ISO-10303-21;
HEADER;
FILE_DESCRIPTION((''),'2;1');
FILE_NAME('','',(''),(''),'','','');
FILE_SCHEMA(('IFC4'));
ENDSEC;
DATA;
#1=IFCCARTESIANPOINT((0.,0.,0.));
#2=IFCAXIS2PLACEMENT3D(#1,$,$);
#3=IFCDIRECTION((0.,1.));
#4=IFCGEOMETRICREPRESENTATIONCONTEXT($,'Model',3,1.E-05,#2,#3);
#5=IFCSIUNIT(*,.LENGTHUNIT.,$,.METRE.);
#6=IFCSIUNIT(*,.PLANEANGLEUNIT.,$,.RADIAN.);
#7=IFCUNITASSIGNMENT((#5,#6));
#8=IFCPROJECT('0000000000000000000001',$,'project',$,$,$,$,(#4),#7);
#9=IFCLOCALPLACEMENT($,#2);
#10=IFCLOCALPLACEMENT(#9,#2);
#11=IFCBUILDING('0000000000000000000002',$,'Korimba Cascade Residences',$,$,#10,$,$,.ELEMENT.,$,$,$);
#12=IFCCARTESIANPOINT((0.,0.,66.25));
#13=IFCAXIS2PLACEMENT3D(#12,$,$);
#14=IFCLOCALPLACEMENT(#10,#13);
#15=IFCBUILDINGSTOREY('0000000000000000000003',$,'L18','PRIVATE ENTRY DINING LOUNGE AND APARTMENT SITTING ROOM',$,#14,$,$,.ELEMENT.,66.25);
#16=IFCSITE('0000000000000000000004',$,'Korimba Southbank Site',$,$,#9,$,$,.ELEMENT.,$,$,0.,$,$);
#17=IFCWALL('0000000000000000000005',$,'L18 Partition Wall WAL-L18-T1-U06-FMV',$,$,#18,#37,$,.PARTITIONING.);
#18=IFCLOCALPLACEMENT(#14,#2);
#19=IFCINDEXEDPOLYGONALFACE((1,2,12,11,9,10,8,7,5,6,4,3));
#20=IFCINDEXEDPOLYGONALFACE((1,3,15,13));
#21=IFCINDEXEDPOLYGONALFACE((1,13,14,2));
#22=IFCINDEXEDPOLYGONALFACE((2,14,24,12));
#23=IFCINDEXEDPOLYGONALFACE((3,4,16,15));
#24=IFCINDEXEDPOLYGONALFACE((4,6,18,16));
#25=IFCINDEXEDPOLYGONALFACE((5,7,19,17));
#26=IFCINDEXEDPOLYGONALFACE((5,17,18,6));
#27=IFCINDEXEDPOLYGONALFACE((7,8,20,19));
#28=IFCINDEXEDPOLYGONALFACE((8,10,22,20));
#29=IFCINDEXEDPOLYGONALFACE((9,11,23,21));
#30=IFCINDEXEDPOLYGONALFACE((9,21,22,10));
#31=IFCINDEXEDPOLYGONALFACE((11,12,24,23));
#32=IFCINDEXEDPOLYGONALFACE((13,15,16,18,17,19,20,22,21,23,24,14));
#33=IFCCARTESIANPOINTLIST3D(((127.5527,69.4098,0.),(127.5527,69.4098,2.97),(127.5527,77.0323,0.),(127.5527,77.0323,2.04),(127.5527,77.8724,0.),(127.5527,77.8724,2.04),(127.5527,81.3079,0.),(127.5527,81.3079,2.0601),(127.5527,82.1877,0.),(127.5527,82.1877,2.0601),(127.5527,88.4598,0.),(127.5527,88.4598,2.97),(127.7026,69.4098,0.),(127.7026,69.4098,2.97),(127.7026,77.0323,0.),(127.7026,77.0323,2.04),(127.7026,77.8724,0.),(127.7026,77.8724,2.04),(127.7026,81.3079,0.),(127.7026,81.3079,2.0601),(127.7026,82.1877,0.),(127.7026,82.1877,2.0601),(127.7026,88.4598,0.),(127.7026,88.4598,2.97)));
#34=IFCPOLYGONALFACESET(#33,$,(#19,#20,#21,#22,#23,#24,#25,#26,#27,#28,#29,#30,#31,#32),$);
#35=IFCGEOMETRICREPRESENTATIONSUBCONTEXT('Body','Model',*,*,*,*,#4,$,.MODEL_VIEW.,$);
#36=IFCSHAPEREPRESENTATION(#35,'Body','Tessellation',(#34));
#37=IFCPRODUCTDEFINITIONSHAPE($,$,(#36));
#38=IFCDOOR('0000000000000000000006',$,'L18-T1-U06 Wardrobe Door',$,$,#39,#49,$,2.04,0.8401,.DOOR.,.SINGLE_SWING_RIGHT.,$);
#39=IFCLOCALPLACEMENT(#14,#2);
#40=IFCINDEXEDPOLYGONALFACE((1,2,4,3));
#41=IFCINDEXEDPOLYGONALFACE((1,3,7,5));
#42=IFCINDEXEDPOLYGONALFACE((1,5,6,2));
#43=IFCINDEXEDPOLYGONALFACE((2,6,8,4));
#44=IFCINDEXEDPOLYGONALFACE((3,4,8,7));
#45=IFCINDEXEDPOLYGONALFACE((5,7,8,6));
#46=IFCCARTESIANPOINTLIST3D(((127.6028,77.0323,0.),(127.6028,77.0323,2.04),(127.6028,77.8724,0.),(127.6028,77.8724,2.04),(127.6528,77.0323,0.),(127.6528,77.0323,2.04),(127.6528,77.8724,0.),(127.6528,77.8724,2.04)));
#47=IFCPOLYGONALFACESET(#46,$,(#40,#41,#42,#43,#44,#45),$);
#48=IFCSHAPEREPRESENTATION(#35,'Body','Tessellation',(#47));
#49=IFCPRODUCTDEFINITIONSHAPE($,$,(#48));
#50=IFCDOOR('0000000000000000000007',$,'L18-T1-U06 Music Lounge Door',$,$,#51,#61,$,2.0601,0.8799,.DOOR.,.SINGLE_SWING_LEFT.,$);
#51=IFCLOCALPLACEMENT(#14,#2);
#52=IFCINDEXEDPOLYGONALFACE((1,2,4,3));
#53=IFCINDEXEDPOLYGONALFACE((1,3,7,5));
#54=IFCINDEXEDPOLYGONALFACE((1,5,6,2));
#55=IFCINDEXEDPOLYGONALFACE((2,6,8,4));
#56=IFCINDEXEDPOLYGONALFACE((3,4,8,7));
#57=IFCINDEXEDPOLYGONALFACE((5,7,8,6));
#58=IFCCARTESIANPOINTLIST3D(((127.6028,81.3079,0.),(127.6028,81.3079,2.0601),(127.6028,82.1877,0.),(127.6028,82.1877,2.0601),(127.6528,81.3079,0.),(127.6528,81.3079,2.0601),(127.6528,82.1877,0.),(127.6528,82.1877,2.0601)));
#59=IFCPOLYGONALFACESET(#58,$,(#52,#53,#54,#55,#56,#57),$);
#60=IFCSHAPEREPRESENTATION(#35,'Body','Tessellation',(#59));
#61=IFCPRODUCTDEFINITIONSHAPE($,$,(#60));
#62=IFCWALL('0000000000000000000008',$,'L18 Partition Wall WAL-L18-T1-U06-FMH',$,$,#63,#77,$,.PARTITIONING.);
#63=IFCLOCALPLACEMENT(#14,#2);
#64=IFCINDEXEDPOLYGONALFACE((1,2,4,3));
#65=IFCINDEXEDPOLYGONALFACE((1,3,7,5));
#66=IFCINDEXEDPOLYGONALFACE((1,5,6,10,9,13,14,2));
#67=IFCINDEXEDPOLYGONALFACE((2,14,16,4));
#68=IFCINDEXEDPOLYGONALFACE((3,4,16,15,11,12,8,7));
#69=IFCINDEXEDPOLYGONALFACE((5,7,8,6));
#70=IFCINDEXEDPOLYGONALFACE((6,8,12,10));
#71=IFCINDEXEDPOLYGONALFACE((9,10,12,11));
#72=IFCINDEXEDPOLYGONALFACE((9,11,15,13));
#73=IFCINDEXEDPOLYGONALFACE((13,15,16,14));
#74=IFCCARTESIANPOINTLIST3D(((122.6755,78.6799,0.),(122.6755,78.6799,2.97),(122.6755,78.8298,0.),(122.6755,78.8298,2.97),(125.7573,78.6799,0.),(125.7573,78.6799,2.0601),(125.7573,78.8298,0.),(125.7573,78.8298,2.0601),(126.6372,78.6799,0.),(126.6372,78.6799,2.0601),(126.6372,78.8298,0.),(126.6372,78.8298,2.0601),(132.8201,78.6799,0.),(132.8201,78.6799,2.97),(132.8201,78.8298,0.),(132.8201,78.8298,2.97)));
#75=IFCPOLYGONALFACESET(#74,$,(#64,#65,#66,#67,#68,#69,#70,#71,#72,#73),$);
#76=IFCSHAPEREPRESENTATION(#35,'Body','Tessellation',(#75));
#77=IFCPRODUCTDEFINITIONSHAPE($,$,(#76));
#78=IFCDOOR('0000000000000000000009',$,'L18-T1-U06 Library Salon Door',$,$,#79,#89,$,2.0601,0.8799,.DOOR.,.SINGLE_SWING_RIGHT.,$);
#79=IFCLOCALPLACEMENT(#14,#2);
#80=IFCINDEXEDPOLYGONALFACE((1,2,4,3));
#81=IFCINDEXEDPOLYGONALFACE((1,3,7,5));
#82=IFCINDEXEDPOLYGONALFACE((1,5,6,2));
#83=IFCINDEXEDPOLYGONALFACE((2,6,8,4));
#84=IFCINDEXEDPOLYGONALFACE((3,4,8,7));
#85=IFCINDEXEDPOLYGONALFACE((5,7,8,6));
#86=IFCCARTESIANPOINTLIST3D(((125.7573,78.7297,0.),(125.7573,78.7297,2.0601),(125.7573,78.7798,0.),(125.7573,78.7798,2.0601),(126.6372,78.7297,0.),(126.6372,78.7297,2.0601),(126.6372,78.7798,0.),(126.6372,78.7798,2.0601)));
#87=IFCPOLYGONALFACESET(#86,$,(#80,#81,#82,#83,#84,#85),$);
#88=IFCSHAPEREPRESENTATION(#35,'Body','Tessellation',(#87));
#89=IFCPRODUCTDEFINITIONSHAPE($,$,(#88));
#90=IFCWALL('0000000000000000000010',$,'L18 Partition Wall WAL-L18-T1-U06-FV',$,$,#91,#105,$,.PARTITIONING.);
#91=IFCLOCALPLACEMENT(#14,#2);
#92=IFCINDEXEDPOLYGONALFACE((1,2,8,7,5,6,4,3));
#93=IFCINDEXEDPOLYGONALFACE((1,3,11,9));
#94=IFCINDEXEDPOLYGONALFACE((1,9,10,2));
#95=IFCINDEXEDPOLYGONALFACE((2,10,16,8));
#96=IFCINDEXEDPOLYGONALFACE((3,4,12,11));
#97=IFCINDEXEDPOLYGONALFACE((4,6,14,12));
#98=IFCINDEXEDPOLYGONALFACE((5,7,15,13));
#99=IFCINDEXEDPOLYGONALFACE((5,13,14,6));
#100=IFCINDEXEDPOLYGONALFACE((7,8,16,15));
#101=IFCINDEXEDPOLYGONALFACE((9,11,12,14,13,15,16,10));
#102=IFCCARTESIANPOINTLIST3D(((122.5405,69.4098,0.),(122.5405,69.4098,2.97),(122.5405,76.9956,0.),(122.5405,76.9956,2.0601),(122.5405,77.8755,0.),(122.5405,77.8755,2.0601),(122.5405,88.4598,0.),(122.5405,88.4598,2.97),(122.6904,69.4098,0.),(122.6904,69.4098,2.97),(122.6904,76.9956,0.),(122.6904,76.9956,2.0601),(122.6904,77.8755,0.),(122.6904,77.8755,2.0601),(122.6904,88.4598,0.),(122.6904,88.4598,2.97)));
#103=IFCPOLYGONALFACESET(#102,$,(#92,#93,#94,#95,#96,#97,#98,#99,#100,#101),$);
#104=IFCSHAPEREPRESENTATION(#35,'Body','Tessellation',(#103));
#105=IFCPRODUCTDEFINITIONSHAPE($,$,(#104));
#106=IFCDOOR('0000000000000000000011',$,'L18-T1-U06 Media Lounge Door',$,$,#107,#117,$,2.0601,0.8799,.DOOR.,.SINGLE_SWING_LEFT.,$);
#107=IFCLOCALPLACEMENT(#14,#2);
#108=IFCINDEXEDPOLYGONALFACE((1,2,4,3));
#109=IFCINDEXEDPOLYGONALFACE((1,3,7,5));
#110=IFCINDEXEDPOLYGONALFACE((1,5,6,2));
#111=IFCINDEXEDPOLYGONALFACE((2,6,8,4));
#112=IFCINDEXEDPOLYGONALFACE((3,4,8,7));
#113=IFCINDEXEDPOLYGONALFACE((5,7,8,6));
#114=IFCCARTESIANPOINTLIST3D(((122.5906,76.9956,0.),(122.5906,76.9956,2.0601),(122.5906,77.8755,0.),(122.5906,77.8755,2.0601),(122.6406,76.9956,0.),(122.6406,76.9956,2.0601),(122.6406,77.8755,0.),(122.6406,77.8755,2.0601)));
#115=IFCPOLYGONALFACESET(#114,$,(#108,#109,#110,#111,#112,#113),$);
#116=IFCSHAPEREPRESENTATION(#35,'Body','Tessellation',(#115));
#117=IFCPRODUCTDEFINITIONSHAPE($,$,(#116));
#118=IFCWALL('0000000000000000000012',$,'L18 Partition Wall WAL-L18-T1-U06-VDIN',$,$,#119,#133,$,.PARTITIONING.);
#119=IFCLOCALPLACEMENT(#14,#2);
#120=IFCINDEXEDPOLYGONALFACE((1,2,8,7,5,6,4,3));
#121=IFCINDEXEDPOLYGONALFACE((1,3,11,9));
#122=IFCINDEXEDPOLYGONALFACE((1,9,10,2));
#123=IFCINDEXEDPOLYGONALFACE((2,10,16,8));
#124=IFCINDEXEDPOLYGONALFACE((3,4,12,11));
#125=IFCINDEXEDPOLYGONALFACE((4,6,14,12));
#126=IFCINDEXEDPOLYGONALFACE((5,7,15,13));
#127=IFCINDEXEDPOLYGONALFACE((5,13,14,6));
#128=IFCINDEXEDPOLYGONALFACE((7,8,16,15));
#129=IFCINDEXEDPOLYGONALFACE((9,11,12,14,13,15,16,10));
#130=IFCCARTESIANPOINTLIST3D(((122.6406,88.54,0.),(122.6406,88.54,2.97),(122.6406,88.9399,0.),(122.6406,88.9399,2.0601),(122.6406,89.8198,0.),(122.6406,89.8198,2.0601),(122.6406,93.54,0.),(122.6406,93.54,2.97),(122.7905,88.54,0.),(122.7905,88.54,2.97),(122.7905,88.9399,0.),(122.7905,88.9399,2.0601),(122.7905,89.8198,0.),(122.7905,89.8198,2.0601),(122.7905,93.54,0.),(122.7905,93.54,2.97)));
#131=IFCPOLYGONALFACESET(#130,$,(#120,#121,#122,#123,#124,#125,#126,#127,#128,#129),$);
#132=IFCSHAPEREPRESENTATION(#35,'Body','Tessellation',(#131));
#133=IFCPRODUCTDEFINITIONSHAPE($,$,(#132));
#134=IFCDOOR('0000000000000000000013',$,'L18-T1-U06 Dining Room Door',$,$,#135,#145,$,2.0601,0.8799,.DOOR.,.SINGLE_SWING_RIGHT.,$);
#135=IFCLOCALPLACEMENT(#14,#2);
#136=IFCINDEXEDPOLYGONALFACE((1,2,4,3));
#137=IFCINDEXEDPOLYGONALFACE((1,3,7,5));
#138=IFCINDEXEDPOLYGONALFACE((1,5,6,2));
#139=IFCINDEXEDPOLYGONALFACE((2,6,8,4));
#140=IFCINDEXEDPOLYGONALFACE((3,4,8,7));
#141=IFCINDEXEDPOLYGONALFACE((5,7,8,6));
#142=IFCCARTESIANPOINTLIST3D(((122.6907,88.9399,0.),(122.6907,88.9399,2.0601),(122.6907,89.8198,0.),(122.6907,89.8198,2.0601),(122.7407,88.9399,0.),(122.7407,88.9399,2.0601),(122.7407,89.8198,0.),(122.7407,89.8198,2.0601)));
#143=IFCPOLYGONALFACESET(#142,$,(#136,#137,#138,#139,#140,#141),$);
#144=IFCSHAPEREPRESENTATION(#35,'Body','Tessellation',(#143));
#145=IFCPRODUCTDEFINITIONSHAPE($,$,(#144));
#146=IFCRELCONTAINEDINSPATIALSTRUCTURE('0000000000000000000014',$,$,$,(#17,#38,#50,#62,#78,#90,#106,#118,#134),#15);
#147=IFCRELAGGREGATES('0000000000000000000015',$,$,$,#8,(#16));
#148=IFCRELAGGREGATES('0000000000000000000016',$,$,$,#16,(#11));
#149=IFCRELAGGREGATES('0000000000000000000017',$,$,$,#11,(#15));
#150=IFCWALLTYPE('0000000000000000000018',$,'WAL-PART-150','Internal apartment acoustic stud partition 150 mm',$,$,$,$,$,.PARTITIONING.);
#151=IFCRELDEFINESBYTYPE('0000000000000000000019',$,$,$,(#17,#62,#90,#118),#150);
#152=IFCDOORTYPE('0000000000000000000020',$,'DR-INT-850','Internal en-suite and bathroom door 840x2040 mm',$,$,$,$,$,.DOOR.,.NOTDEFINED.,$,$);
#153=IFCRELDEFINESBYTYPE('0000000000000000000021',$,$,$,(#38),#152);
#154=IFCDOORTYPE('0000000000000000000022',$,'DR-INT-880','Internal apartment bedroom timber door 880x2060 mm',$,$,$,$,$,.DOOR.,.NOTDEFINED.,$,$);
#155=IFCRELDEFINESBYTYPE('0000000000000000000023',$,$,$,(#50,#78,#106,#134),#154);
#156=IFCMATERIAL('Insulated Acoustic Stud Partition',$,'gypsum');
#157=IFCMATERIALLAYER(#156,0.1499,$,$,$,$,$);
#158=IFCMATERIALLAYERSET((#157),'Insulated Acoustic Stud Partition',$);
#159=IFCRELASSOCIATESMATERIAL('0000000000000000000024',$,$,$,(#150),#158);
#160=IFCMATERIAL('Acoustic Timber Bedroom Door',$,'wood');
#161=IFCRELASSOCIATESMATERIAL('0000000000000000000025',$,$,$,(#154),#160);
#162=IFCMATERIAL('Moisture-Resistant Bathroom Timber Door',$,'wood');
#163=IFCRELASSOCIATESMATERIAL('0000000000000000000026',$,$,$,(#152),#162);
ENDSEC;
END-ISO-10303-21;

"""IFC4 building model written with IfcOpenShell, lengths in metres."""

from ifc_helpers import new_model, si_unit, direction, frame, frame_2d, origin, place, context, subcontext, project, spatial, rectangle, extrude, material, layer, layer_set, type_object, element, fill, save


model = new_model("IFC4")

# Units and contexts
model_context = context("Model", 3, precision=1e-05, world=origin(), true_north=direction((0.0, 1.0)))
body_context = subcontext(model_context, "Body", "Model", "MODEL_VIEW")
ifc_project = project(units=[si_unit("LENGTHUNIT", "METRE"), si_unit("PLANEANGLEUNIT", "RADIAN")], contexts=[model_context])

# Site, building, storey
site_placement = place(None, origin())
site = spatial("IfcSite", under=ifc_project, at=site_placement, Name="Korimba Southbank Site", CompositionType="ELEMENT", RefElevation=0.0)
building_placement = place(site_placement, origin())
building = spatial("IfcBuilding", under=site, at=building_placement, Name="Korimba Cascade Residences", CompositionType="ELEMENT")
storey_placement = place(building_placement, frame((0.0, 0.0, 66.25)))
storey = spatial("IfcBuildingStorey", under=building, at=storey_placement, Name="L18", Description="PRIVATE ENTRY DINING LOUNGE AND APARTMENT SITTING ROOM", CompositionType="ELEMENT", Elevation=66.25)

# Shared definitions
ifc_material_1 = material(Name="Insulated Acoustic Stud Partition", Category="gypsum")
ifc_layer_1 = layer(ifc_material_1, 0.1499)
ifc_layer_set_1 = layer_set([ifc_layer_1], Name="Insulated Acoustic Stud Partition")
wall_type_1 = type_object("IfcWallType", Name="WAL-PART-150", Description="Internal apartment acoustic stud partition 150 mm", PredefinedType="PARTITIONING", material=ifc_layer_set_1)
ifc_material_2 = material(Name="Acoustic Timber Bedroom Door", Category="wood")
door_type_1 = type_object("IfcDoorType", Name="DR-INT-880", Description="Internal apartment bedroom timber door 880x2060 mm", OperationType="NOTDEFINED", PredefinedType="DOOR", material=ifc_material_2)

# Wall, openings, doors
wall_1_placement = place(storey_placement, frame((127.6277, 69.4099, 0.0), z_axis=(0.0, 0.0, 1.0), x_axis=(0.0, 1.0, 0.0)))
wall_1 = element("IfcWall", 1, at=wall_1_placement, inside=storey, type_object=wall_type_1, Name="L18 Partition Wall WAL-L18-T1-U06-FMV", PredefinedType="PARTITIONING", context=body_context, shape_type="SweptSolid", body=[
    extrude(rectangle(XDim=19.05, YDim=0.1499, at=frame_2d((9.5249, 0.0))), origin(), (0.0, 0.0, 1.0), 2.97),
])
opening_1_placement = place(wall_1_placement, frame((7.6226, 0.0, 0.0)))
opening_1 = element("IfcOpeningElement", 2, at=opening_1_placement, cuts=wall_1, PredefinedType="OPENING", context=body_context, shape_type="SweptSolid", body=[
    extrude(rectangle(XDim=0.8401, YDim=2.04, at=frame_2d((0.4199, 1.02))), frame((0.0, 0.085, 0.0), z_axis=(0.0, -1.0, 0.0), x_axis=(1.0, 0.0, 0.0)), (0.0, 0.0, 1.0), 0.1699),
])
opening_2_placement = place(wall_1_placement, frame((11.8979, 0.0, 0.0)))
opening_2 = element("IfcOpeningElement", 3, at=opening_2_placement, cuts=wall_1, PredefinedType="OPENING", context=body_context, shape_type="SweptSolid", body=[
    extrude(rectangle(XDim=0.8799, YDim=2.0601, at=frame_2d((0.4399, 1.03))), frame((0.0, 0.085, 0.0), z_axis=(0.0, -1.0, 0.0), x_axis=(1.0, 0.0, 0.0)), (0.0, 0.0, 1.0), 0.1699),
])
ifc_material_3 = material(Name="Moisture-Resistant Bathroom Timber Door", Category="wood")
door_type_2 = type_object("IfcDoorType", Name="DR-INT-850", Description="Internal en-suite and bathroom door 840x2040 mm", OperationType="NOTDEFINED", PredefinedType="DOOR", material=ifc_material_3)
door_1_placement = place(opening_1_placement, origin())
door_1 = element("IfcDoor", 4, at=door_1_placement, inside=storey, type_object=door_type_2, Name="L18-T1-U06 Wardrobe Door", OperationType="SINGLE_SWING_RIGHT", OverallHeight=2.04, OverallWidth=0.8401, PredefinedType="DOOR", context=body_context, shape_type="SweptSolid", body=[
    extrude(rectangle(XDim=0.8401, YDim=2.04, at=frame_2d((0.4199, 1.02))), frame((0.0, 0.0249, 0.0), z_axis=(0.0, -1.0, 0.0), x_axis=(1.0, 0.0, 0.0)), (0.0, 0.0, 1.0), 0.05),
])
fill(opening_1, door_1)
door_2_placement = place(opening_2_placement, origin())
door_2 = element("IfcDoor", 5, at=door_2_placement, inside=storey, type_object=door_type_1, Name="L18-T1-U06 Music Lounge Door", OperationType="SINGLE_SWING_LEFT", OverallHeight=2.0601, OverallWidth=0.8799, PredefinedType="DOOR", context=body_context, shape_type="SweptSolid", body=[
    extrude(rectangle(XDim=0.8799, YDim=2.0601, at=frame_2d((0.4399, 1.03))), frame((0.0, 0.0249, 0.0), z_axis=(0.0, -1.0, 0.0), x_axis=(1.0, 0.0, 0.0)), (0.0, 0.0, 1.0), 0.05),
])
fill(opening_2, door_2)

# Walls, openings, doors
wall_2_placement = place(storey_placement, frame((122.6755, 78.7549, 0.0), z_axis=(0.0, 0.0, 1.0), x_axis=(1.0, 0.0, 0.0)))
wall_2 = element("IfcWall", 6, at=wall_2_placement, inside=storey, type_object=wall_type_1, Name="L18 Partition Wall WAL-L18-T1-U06-FMH", PredefinedType="PARTITIONING", context=body_context, shape_type="SweptSolid", body=[
    extrude(rectangle(XDim=10.1445, YDim=0.1499, at=frame_2d((5.0723, 0.0))), origin(), (0.0, 0.0, 1.0), 2.97),
])
opening_3_placement = place(wall_2_placement, frame((3.0818, 0.0, 0.0)))
opening_3 = element("IfcOpeningElement", 7, at=opening_3_placement, cuts=wall_2, PredefinedType="OPENING", context=body_context, shape_type="SweptSolid", body=[
    extrude(rectangle(XDim=0.8799, YDim=2.0601, at=frame_2d((0.4399, 1.03))), frame((0.0, 0.085, 0.0), z_axis=(0.0, -1.0, 0.0), x_axis=(1.0, 0.0, 0.0)), (0.0, 0.0, 1.0), 0.1699),
])
door_3_placement = place(opening_3_placement, origin())
door_3 = element("IfcDoor", 8, at=door_3_placement, inside=storey, type_object=door_type_1, Name="L18-T1-U06 Library Salon Door", OperationType="SINGLE_SWING_RIGHT", OverallHeight=2.0601, OverallWidth=0.8799, PredefinedType="DOOR", context=body_context, shape_type="SweptSolid", body=[
    extrude(rectangle(XDim=0.8799, YDim=2.0601, at=frame_2d((0.4399, 1.03))), frame((0.0, 0.0249, 0.0), z_axis=(0.0, -1.0, 0.0), x_axis=(1.0, 0.0, 0.0)), (0.0, 0.0, 1.0), 0.05),
])
fill(opening_3, door_3)
wall_3_placement = place(storey_placement, frame((122.6155, 69.4099, 0.0), z_axis=(0.0, 0.0, 1.0), x_axis=(0.0, 1.0, 0.0)))
wall_3 = element("IfcWall", 9, at=wall_3_placement, inside=storey, type_object=wall_type_1, Name="L18 Partition Wall WAL-L18-T1-U06-FV", PredefinedType="PARTITIONING", context=body_context, shape_type="SweptSolid", body=[
    extrude(rectangle(XDim=19.05, YDim=0.1499, at=frame_2d((9.5249, 0.0))), origin(), (0.0, 0.0, 1.0), 2.97),
])
opening_4_placement = place(wall_3_placement, frame((7.5857, 0.0, 0.0)))
opening_4 = element("IfcOpeningElement", 10, at=opening_4_placement, cuts=wall_3, PredefinedType="OPENING", context=body_context, shape_type="SweptSolid", body=[
    extrude(rectangle(XDim=0.8799, YDim=2.0601, at=frame_2d((0.4399, 1.03))), frame((0.0, 0.085, 0.0), z_axis=(0.0, -1.0, 0.0), x_axis=(1.0, 0.0, 0.0)), (0.0, 0.0, 1.0), 0.1699),
])
door_4_placement = place(opening_4_placement, origin())
door_4 = element("IfcDoor", 11, at=door_4_placement, inside=storey, type_object=door_type_1, Name="L18-T1-U06 Media Lounge Door", OperationType="SINGLE_SWING_LEFT", OverallHeight=2.0601, OverallWidth=0.8799, PredefinedType="DOOR", context=body_context, shape_type="SweptSolid", body=[
    extrude(rectangle(XDim=0.8799, YDim=2.0601, at=frame_2d((0.4399, 1.03))), frame((0.0, 0.0249, 0.0), z_axis=(0.0, -1.0, 0.0), x_axis=(1.0, 0.0, 0.0)), (0.0, 0.0, 1.0), 0.05),
])
fill(opening_4, door_4)
wall_4_placement = place(storey_placement, frame((122.7156, 88.54, 0.0), z_axis=(0.0, 0.0, 1.0), x_axis=(0.0, 1.0, 0.0)))
wall_4 = element("IfcWall", 12, at=wall_4_placement, inside=storey, type_object=wall_type_1, Name="L18 Partition Wall WAL-L18-T1-U06-VDIN", PredefinedType="PARTITIONING", context=body_context, shape_type="SweptSolid", body=[
    extrude(rectangle(XDim=5.0, YDim=0.1499, at=frame_2d((2.5, 0.0))), origin(), (0.0, 0.0, 1.0), 2.97),
])
opening_5_placement = place(wall_4_placement, frame((0.3999, 0.0, 0.0)))
opening_5 = element("IfcOpeningElement", 13, at=opening_5_placement, cuts=wall_4, PredefinedType="OPENING", context=body_context, shape_type="SweptSolid", body=[
    extrude(rectangle(XDim=0.8799, YDim=2.0601, at=frame_2d((0.4399, 1.03))), frame((0.0, 0.085, 0.0), z_axis=(0.0, -1.0, 0.0), x_axis=(1.0, 0.0, 0.0)), (0.0, 0.0, 1.0), 0.1699),
])
door_5_placement = place(opening_5_placement, origin())
door_5 = element("IfcDoor", 14, at=door_5_placement, inside=storey, type_object=door_type_1, Name="L18-T1-U06 Dining Room Door", OperationType="SINGLE_SWING_RIGHT", OverallHeight=2.0601, OverallWidth=0.8799, PredefinedType="DOOR", context=body_context, shape_type="SweptSolid", body=[
    extrude(rectangle(XDim=0.8799, YDim=2.0601, at=frame_2d((0.4399, 1.03))), frame((0.0, 0.0249, 0.0), z_axis=(0.0, -1.0, 0.0), x_axis=(1.0, 0.0, 0.0)), (0.0, 0.0, 1.0), 0.05),
])
fill(opening_5, door_5)

save(model, "model.ifc")
